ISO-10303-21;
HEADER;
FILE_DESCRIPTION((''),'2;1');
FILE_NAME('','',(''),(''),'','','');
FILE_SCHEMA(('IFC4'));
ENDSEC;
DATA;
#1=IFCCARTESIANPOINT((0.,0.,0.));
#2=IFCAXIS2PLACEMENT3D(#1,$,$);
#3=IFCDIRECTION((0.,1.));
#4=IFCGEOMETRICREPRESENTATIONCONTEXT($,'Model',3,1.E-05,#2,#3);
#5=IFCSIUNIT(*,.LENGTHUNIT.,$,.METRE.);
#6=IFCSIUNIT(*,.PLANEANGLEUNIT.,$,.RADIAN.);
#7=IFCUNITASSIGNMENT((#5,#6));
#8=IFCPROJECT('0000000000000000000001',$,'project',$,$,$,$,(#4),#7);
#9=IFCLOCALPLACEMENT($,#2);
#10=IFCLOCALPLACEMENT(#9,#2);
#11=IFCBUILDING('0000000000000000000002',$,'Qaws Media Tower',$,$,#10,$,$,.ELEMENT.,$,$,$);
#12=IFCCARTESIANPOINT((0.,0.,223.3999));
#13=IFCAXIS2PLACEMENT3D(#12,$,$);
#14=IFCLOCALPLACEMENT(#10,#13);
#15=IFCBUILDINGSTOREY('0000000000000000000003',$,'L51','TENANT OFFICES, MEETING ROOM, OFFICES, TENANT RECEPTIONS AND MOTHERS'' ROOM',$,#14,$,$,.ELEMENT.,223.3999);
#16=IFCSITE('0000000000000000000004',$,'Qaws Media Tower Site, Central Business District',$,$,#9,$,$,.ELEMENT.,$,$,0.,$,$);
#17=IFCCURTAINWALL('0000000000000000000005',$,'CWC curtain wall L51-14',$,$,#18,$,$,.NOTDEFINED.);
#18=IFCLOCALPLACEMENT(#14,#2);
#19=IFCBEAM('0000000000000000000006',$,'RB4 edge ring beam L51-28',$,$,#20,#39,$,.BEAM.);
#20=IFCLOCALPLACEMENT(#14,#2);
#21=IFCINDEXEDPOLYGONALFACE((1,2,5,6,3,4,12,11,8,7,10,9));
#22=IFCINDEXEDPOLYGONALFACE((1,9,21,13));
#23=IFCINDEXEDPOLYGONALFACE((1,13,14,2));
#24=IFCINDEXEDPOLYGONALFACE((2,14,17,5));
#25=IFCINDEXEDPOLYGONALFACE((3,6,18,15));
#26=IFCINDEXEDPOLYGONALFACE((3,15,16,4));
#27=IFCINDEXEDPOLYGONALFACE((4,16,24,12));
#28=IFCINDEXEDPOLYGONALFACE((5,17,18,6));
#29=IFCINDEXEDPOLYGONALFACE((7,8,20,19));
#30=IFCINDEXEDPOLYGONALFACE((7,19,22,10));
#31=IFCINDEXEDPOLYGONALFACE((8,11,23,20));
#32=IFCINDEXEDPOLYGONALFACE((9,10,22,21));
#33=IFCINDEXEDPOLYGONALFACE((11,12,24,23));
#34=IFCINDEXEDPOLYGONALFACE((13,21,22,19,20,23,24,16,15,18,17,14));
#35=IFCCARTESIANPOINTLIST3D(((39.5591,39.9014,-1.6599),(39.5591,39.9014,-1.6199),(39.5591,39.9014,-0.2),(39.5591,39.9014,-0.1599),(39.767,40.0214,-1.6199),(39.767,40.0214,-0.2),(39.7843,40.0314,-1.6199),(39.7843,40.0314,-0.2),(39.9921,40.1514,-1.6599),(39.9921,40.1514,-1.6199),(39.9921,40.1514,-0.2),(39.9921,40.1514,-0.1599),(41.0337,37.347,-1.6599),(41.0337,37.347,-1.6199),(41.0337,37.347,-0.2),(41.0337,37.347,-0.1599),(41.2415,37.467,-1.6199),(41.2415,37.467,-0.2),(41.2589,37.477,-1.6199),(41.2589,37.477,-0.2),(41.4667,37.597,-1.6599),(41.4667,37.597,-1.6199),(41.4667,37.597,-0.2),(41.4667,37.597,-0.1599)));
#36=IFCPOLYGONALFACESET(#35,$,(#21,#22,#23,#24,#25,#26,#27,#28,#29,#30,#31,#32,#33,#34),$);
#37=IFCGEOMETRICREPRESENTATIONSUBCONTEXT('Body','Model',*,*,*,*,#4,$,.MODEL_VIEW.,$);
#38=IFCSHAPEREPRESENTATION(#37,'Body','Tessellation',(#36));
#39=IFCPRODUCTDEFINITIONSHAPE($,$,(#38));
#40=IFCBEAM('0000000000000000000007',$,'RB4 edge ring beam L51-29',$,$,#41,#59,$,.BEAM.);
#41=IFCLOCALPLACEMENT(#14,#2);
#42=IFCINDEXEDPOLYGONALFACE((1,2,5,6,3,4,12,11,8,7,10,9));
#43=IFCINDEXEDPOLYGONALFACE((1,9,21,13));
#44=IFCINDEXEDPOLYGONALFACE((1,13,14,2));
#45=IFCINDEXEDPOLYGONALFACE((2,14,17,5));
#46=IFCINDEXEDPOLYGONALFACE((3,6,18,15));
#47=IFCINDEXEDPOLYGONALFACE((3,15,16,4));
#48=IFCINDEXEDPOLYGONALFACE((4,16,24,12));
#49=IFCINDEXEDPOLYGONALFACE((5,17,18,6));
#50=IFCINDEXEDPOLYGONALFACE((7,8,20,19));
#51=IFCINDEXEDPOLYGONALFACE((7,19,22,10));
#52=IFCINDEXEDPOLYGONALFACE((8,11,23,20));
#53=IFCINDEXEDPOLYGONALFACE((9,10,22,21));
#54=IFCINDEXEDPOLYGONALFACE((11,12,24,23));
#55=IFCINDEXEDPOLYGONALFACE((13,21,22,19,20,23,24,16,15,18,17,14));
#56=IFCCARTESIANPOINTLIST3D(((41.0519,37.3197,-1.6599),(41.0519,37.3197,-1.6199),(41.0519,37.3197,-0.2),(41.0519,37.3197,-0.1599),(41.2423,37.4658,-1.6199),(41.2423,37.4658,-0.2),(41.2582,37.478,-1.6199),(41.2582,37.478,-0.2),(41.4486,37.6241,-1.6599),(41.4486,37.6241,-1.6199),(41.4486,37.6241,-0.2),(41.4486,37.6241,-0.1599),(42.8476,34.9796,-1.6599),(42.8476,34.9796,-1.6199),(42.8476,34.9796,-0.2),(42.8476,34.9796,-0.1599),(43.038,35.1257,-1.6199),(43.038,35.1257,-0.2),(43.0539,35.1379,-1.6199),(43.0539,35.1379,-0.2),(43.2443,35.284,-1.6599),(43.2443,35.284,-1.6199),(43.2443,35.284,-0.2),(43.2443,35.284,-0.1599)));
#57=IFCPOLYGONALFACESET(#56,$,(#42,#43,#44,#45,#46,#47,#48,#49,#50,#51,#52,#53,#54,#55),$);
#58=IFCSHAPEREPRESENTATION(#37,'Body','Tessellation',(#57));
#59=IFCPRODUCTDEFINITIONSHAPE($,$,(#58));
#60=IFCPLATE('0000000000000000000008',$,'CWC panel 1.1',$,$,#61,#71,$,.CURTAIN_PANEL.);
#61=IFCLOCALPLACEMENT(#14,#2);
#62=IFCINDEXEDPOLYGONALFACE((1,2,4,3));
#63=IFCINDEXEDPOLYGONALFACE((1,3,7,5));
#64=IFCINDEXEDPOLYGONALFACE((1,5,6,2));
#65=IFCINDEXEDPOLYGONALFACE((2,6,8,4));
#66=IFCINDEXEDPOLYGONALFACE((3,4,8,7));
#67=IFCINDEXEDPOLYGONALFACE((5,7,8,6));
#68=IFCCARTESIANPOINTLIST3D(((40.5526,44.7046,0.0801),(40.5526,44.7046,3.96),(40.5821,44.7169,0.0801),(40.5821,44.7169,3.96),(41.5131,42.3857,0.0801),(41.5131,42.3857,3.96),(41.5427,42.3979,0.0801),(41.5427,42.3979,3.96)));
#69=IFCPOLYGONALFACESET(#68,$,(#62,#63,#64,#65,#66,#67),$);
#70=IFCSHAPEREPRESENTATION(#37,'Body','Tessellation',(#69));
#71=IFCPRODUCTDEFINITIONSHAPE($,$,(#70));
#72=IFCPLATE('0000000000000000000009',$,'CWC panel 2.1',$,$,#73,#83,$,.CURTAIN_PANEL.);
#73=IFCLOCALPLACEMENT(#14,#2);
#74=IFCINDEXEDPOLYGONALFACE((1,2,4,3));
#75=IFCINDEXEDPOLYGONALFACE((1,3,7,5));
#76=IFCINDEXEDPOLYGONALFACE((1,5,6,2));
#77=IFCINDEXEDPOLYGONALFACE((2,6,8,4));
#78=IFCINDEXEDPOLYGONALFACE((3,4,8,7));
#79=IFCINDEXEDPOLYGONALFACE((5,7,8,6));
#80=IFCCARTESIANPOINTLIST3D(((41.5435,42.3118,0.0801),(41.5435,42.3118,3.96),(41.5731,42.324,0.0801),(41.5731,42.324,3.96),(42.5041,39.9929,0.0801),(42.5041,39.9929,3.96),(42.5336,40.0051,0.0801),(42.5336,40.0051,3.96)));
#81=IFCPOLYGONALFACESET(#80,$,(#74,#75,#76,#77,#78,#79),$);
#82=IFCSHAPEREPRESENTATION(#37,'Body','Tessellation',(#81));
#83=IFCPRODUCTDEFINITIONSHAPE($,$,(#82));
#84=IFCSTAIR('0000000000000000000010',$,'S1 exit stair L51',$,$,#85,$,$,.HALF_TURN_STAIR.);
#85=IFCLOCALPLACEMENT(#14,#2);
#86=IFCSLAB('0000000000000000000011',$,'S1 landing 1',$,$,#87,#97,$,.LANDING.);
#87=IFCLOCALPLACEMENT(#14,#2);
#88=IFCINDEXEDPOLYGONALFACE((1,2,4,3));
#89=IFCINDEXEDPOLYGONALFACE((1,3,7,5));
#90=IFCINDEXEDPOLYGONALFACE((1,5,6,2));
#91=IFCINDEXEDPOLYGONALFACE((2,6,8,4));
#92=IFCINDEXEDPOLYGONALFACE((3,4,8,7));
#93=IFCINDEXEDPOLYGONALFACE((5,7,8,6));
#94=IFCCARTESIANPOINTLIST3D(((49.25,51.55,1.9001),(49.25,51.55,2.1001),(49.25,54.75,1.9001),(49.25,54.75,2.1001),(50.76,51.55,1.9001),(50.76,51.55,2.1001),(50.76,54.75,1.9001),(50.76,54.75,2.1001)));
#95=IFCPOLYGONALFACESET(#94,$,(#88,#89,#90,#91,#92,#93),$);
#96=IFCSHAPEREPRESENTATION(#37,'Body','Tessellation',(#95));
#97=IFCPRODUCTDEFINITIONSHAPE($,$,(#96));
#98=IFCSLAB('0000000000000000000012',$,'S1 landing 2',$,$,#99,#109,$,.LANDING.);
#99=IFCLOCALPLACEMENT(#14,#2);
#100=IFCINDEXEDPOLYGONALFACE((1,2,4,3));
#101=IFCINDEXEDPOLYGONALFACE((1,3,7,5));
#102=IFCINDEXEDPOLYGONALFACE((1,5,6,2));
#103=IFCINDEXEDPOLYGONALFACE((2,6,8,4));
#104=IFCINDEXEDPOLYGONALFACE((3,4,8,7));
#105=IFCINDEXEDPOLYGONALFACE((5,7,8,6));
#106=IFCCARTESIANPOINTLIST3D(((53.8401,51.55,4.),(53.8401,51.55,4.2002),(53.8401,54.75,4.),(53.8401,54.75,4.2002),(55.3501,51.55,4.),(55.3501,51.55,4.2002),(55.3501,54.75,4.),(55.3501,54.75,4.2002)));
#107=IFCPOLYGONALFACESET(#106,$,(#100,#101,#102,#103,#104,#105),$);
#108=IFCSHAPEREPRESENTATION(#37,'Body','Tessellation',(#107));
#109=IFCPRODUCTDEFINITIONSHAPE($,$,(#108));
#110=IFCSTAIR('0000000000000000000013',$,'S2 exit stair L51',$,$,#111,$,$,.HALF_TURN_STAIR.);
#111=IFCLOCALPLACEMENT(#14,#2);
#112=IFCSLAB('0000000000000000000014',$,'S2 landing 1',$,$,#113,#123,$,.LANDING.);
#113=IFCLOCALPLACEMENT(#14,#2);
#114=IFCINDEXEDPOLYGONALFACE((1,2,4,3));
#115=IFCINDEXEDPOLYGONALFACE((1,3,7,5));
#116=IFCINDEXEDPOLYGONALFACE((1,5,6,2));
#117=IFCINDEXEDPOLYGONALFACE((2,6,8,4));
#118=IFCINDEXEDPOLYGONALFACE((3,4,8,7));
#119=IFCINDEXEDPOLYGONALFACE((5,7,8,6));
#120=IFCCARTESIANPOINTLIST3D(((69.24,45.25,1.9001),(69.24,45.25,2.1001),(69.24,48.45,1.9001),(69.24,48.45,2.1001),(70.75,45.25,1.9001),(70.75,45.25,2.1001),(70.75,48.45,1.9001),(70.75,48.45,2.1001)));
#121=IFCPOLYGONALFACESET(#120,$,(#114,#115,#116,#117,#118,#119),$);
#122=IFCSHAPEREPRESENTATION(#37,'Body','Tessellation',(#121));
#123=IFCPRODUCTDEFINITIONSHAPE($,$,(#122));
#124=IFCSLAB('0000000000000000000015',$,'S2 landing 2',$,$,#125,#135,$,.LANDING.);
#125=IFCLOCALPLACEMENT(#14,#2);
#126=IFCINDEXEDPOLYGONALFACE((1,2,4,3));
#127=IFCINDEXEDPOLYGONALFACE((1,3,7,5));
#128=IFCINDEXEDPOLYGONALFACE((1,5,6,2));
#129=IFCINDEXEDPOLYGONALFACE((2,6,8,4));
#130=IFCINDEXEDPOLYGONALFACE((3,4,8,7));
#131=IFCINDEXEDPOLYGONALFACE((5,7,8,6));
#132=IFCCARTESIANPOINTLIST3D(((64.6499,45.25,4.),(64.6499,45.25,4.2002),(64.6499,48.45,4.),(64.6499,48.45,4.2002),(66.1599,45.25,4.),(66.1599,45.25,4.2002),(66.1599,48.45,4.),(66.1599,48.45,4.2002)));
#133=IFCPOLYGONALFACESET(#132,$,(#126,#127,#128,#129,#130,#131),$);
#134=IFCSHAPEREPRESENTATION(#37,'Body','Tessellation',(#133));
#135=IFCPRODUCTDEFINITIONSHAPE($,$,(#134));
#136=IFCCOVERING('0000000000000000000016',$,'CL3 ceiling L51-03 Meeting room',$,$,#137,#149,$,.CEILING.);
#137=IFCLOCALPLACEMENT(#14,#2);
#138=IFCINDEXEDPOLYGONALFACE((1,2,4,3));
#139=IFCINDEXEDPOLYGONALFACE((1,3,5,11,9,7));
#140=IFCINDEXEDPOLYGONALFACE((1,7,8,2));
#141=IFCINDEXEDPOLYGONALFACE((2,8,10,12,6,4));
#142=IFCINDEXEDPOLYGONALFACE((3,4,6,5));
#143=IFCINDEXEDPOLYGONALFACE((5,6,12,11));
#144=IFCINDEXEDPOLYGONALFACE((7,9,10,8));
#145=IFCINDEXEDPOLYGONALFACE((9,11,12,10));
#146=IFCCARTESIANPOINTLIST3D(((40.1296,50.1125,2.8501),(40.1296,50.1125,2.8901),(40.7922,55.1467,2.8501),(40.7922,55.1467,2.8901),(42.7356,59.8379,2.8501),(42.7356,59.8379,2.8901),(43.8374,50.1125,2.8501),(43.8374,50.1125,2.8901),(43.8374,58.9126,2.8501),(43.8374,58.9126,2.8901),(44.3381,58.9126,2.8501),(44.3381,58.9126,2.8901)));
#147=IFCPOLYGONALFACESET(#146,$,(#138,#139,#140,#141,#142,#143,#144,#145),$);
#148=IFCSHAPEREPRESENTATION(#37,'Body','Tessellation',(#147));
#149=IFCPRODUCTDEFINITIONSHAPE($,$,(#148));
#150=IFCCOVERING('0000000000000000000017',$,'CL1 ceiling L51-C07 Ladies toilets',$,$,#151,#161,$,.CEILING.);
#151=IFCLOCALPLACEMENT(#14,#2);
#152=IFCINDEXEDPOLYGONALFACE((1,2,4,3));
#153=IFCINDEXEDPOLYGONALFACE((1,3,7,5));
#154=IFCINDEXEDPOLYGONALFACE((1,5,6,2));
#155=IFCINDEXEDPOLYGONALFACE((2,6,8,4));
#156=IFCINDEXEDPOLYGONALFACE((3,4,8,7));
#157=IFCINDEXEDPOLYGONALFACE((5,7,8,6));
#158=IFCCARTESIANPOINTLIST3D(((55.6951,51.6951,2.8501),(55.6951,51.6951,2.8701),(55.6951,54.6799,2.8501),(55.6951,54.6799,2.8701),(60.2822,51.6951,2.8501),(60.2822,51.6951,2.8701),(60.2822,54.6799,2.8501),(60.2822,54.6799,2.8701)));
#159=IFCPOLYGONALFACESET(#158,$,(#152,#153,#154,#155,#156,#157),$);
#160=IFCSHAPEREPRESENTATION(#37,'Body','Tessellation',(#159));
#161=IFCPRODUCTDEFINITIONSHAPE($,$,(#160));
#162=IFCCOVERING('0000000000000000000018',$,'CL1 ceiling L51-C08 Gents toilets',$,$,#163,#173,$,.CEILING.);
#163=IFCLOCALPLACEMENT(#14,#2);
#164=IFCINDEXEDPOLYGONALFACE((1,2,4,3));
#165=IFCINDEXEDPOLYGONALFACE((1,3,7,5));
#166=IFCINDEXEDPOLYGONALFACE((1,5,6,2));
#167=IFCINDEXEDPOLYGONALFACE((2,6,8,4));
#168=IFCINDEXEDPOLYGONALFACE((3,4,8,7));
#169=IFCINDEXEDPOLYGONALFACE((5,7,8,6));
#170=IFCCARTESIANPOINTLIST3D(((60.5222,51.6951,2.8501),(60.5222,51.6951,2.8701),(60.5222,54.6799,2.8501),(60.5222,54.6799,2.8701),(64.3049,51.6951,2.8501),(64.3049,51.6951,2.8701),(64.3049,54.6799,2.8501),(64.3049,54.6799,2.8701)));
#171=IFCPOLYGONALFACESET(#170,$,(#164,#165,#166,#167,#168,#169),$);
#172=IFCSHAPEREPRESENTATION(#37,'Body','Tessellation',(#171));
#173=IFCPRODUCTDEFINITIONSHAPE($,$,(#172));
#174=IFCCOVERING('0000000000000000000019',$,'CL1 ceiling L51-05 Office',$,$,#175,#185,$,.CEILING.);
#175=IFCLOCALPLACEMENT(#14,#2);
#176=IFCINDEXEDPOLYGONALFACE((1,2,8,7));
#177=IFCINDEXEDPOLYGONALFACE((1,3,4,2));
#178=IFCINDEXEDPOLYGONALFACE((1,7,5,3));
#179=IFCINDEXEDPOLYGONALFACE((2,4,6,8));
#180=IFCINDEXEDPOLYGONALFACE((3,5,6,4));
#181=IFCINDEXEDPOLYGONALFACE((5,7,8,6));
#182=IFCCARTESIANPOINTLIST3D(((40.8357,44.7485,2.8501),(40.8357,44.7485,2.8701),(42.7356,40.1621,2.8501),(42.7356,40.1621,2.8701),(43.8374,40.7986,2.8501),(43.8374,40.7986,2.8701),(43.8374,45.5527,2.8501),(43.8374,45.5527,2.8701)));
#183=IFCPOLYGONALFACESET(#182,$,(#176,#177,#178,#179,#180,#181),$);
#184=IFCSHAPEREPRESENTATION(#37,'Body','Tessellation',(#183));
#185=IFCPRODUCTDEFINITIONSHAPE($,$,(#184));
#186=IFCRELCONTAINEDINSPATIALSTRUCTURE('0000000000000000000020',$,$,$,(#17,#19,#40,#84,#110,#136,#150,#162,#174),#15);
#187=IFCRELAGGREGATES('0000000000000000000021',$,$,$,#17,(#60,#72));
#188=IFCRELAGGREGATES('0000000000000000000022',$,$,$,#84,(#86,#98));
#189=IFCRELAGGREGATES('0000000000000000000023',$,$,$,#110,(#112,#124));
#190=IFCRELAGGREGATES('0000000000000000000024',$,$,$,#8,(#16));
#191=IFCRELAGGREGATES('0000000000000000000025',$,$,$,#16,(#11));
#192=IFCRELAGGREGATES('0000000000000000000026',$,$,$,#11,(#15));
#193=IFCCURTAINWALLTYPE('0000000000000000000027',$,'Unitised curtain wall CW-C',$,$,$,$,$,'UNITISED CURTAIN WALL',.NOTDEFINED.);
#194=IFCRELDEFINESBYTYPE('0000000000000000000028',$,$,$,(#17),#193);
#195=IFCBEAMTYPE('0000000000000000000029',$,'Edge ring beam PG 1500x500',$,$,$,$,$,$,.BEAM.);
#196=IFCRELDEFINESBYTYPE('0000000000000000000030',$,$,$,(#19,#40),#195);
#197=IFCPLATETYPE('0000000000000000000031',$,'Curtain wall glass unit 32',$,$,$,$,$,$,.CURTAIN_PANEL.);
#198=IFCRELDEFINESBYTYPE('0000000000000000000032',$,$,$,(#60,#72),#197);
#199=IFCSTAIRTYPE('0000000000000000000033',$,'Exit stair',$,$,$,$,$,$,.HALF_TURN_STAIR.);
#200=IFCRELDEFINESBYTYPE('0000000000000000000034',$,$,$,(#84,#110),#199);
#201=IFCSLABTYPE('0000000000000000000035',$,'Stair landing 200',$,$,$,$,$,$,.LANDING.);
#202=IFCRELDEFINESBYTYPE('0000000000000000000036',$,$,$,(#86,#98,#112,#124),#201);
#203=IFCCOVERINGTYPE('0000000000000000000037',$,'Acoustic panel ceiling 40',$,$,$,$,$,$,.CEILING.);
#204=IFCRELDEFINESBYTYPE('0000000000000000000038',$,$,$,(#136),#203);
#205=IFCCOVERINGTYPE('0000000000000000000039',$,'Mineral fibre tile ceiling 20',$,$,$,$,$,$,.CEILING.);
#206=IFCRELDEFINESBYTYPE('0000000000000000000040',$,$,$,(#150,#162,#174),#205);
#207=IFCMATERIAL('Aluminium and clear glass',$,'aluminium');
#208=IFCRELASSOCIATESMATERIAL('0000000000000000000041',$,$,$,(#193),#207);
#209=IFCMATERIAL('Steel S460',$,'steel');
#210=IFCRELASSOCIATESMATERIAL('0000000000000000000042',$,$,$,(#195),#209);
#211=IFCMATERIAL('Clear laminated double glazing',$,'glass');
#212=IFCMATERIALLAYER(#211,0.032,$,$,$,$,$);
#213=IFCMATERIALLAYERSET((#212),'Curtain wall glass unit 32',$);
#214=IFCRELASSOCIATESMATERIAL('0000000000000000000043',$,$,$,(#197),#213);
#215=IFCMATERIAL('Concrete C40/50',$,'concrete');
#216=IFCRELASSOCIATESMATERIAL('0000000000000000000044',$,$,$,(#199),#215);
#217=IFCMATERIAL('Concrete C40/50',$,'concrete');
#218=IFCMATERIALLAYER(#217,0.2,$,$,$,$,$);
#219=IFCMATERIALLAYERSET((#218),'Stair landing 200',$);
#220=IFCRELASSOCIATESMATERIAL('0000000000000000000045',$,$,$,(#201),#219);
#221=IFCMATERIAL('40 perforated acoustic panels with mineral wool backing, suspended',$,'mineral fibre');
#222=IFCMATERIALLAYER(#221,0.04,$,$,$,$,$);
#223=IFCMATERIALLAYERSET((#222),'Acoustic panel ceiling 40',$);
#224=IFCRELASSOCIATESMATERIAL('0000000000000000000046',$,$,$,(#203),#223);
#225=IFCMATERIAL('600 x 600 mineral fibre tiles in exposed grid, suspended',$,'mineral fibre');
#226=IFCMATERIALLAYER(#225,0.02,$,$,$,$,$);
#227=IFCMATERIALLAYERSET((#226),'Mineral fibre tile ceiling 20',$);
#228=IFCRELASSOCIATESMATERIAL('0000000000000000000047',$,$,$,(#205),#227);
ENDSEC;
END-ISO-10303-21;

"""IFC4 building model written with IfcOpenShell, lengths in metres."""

from ifc_helpers import new_model, si_unit, direction, frame, origin, origin_2d, place, context, subcontext, project, spatial, polyline, rectangle, i_section, outline, extrude, material, layer, layer_set, material_profile, profile_set, type_object, element, aggregate, save


model = new_model("IFC4")

# Units and contexts
model_context = context("Model", 3, precision=1e-05, world=origin(), true_north=direction((0.0, 1.0)))
body_context = subcontext(model_context, "Body", "Model", "MODEL_VIEW")
ifc_project = project(units=[si_unit("LENGTHUNIT", "METRE"), si_unit("PLANEANGLEUNIT", "RADIAN")], contexts=[model_context])

# Site, building, storey
site_placement = place(None, origin())
site = spatial("IfcSite", under=ifc_project, at=site_placement, Name="Qaws Media Tower Site, Central Business District", CompositionType="ELEMENT", RefElevation=0.0)
building_placement = place(site_placement, origin())
building = spatial("IfcBuilding", under=site, at=building_placement, Name="Qaws Media Tower", CompositionType="ELEMENT")
storey_placement = place(building_placement, frame((0.0, 0.0, 223.3999)))
storey = spatial("IfcBuildingStorey", under=building, at=storey_placement, Name="L51", Description="TENANT OFFICES, MEETING ROOM, OFFICES, TENANT RECEPTIONS AND MOTHERS' ROOM", CompositionType="ELEMENT", Elevation=223.3999)

# Curtain wall
ifc_material_1 = material(Name="Aluminium and clear glass", Category="aluminium")
curtain_wall_type = type_object("IfcCurtainWallType", Name="Unitised curtain wall CW-C", ElementType="UNITISED CURTAIN WALL", PredefinedType="NOTDEFINED", material=ifc_material_1)
curtain_wall_placement = place(storey_placement, origin())
curtain_wall = element("IfcCurtainWall", 1, at=curtain_wall_placement, inside=storey, type_object=curtain_wall_type, Name="CWC curtain wall L51-14", PredefinedType="NOTDEFINED")

# Beams
ifc_material_2 = material(Name="Steel S460", Category="steel")
ifc_material_profile_1 = material_profile(ifc_material_2, i_section(OverallWidth=0.5, OverallDepth=1.5, WebThickness=0.02, FlangeThickness=0.04, at=origin_2d()), Name="PG 1500x500")
ifc_profile_set_1 = profile_set([ifc_material_profile_1], Name="Steel S460")
beam_type = type_object("IfcBeamType", Name="Edge ring beam PG 1500x500", PredefinedType="BEAM", material=ifc_profile_set_1)
beam_1_placement = place(storey_placement, frame((39.7756, 40.0264, -0.9099), z_axis=(0.499949, -0.866055, 0.0), x_axis=(0.866055, 0.499949, 0.0)))
element("IfcBeam", 2, at=beam_1_placement, inside=storey, type_object=beam_type, Name="RB4 edge ring beam L51-28", PredefinedType="BEAM", context=body_context, shape_type="SweptSolid", body=[
    extrude(i_section(OverallWidth=0.5, OverallDepth=1.5, WebThickness=0.02, FlangeThickness=0.04, at=origin_2d()), origin(), (0.0, 0.0, 1.0), 2.9495),
])
beam_2_placement = place(storey_placement, frame((41.2502, 37.4719, -0.9099), z_axis=(0.60877, -0.793347, 0.0), x_axis=(0.793347, 0.60877, 0.0)))
element("IfcBeam", 3, at=beam_2_placement, inside=storey, type_object=beam_type, Name="RB4 edge ring beam L51-29", PredefinedType="BEAM", context=body_context, shape_type="SweptSolid", body=[
    extrude(i_section(OverallWidth=0.5, OverallDepth=1.5, WebThickness=0.02, FlangeThickness=0.04, at=origin_2d()), origin(), (0.0, 0.0, 1.0), 2.9497),
])

# Plates
ifc_material_3 = material(Name="Clear laminated double glazing", Category="glass")
ifc_layer_1 = layer(ifc_material_3, 0.032)
ifc_layer_set_1 = layer_set([ifc_layer_1], Name="Curtain wall glass unit 32")
plate_type = type_object("IfcPlateType", Name="Curtain wall glass unit 32", PredefinedType="CURTAIN_PANEL", material=ifc_layer_set_1)
plate_1_placement = place(storey_placement, frame((41.0476, 43.5513, 0.0801), z_axis=(0.0, 0.0, 1.0), x_axis=(0.382683, -0.92388, 0.0)))
plate_1 = element("IfcPlate", 4, at=plate_1_placement, type_object=plate_type, Name="CWC panel 1.1", PredefinedType="CURTAIN_PANEL", context=body_context, shape_type="SweptSolid", body=[
    extrude(rectangle(XDim=2.51, YDim=0.032, at=origin_2d()), origin(), (0.0, 0.0, 1.0), 3.8799),
])
plate_2_placement = place(storey_placement, frame((42.0386, 41.1584, 0.0801), z_axis=(0.0, 0.0, 1.0), x_axis=(0.382683, -0.92388, 0.0)))
plate_2 = element("IfcPlate", 5, at=plate_2_placement, type_object=plate_type, Name="CWC panel 2.1", PredefinedType="CURTAIN_PANEL", context=body_context, shape_type="SweptSolid", body=[
    extrude(rectangle(XDim=2.51, YDim=0.032, at=origin_2d()), origin(), (0.0, 0.0, 1.0), 3.8799),
])
aggregate(curtain_wall, [plate_1, plate_2])

# Stairs, slabs
ifc_material_4 = material(Name="Concrete C40/50", Category="concrete")
stair_type = type_object("IfcStairType", Name="Exit stair", PredefinedType="HALF_TURN_STAIR", material=ifc_material_4)
stair_1_placement = place(storey_placement, origin())
stair_1 = element("IfcStair", 6, at=stair_1_placement, inside=storey, type_object=stair_type, Name="S1 exit stair L51", PredefinedType="HALF_TURN_STAIR")
ifc_material_5 = material(Name="Concrete C40/50", Category="concrete")
ifc_layer_2 = layer(ifc_material_5, 0.2)
ifc_layer_set_2 = layer_set([ifc_layer_2], Name="Stair landing 200")
slab_type = type_object("IfcSlabType", Name="Stair landing 200", PredefinedType="LANDING", material=ifc_layer_set_2)
slab_1_placement = place(storey_placement, frame((0.0, 0.0, 1.9001)))
slab_1 = element("IfcSlab", 7, at=slab_1_placement, type_object=slab_type, Name="S1 landing 1", PredefinedType="LANDING", context=body_context, shape_type="SweptSolid", body=[
    extrude(outline(polyline([(49.25, 51.55), (50.76, 51.55), (50.76, 54.75), (49.25, 54.75), (49.25, 51.55)])), origin(), (0.0, 0.0, 1.0), 0.2),
])
slab_2_placement = place(storey_placement, frame((0.0, 0.0, 4.0)))
slab_2 = element("IfcSlab", 8, at=slab_2_placement, type_object=slab_type, Name="S1 landing 2", PredefinedType="LANDING", context=body_context, shape_type="SweptSolid", body=[
    extrude(outline(polyline([(53.8401, 51.55), (55.3501, 51.55), (55.3501, 54.75), (53.8401, 54.75), (53.8401, 51.55)])), origin(), (0.0, 0.0, 1.0), 0.2002),
])
aggregate(stair_1, [slab_1, slab_2])
stair_2_placement = place(storey_placement, origin())
stair_2 = element("IfcStair", 9, at=stair_2_placement, inside=storey, type_object=stair_type, Name="S2 exit stair L51", PredefinedType="HALF_TURN_STAIR")
slab_3_placement = place(storey_placement, frame((0.0, 0.0, 1.9001)))
slab_3 = element("IfcSlab", 10, at=slab_3_placement, type_object=slab_type, Name="S2 landing 1", PredefinedType="LANDING", context=body_context, shape_type="SweptSolid", body=[
    extrude(outline(polyline([(69.24, 45.25), (70.75, 45.25), (70.75, 48.45), (69.24, 48.45), (69.24, 45.25)])), origin(), (0.0, 0.0, 1.0), 0.2),
])
slab_4_placement = place(storey_placement, frame((0.0, 0.0, 4.0)))
slab_4 = element("IfcSlab", 11, at=slab_4_placement, type_object=slab_type, Name="S2 landing 2", PredefinedType="LANDING", context=body_context, shape_type="SweptSolid", body=[
    extrude(outline(polyline([(64.6499, 45.25), (66.1599, 45.25), (66.1599, 48.45), (64.6499, 48.45), (64.6499, 45.25)])), origin(), (0.0, 0.0, 1.0), 0.2002),
])
aggregate(stair_2, [slab_3, slab_4])

# Coverings
ifc_material_6 = material(Name="40 perforated acoustic panels with mineral wool backing, suspended", Category="mineral fibre")
ifc_layer_3 = layer(ifc_material_6, 0.04)
ifc_layer_set_3 = layer_set([ifc_layer_3], Name="Acoustic panel ceiling 40")
covering_type_1 = type_object("IfcCoveringType", Name="Acoustic panel ceiling 40", PredefinedType="CEILING", material=ifc_layer_set_3)
covering_1_placement = place(storey_placement, frame((0.0, 0.0, 2.8501)))
element("IfcCovering", 12, at=covering_1_placement, inside=storey, type_object=covering_type_1, Name="CL3 ceiling L51-03 Meeting room", PredefinedType="CEILING", context=body_context, shape_type="SweptSolid", body=[
    extrude(outline(polyline([(40.7922, 55.1467), (42.7356, 59.8379), (44.3381, 58.9126), (43.8374, 58.9126), (43.8374, 50.1125), (40.1296, 50.1125), (40.7922, 55.1467)])), origin(), (0.0, 0.0, 1.0), 0.04),
])
ifc_material_7 = material(Name="600 x 600 mineral fibre tiles in exposed grid, suspended", Category="mineral fibre")
ifc_layer_4 = layer(ifc_material_7, 0.02)
ifc_layer_set_4 = layer_set([ifc_layer_4], Name="Mineral fibre tile ceiling 20")
covering_type_2 = type_object("IfcCoveringType", Name="Mineral fibre tile ceiling 20", PredefinedType="CEILING", material=ifc_layer_set_4)
covering_2_placement = place(storey_placement, frame((0.0, 0.0, 2.8501)))
element("IfcCovering", 13, at=covering_2_placement, inside=storey, type_object=covering_type_2, Name="CL1 ceiling L51-C07 Ladies toilets", PredefinedType="CEILING", context=body_context, shape_type="SweptSolid", body=[
    extrude(outline(polyline([(55.6951, 51.6951), (55.6951, 54.6799), (60.2822, 54.6799), (60.2822, 51.6951), (55.6951, 51.6951)])), origin(), (0.0, 0.0, 1.0), 0.02),
])
covering_3_placement = place(storey_placement, frame((0.0, 0.0, 2.8501)))
element("IfcCovering", 14, at=covering_3_placement, inside=storey, type_object=covering_type_2, Name="CL1 ceiling L51-C08 Gents toilets", PredefinedType="CEILING", context=body_context, shape_type="SweptSolid", body=[
    extrude(outline(polyline([(60.5222, 51.6951), (60.5222, 54.6799), (64.3049, 54.6799), (64.3049, 51.6951), (60.5222, 51.6951)])), origin(), (0.0, 0.0, 1.0), 0.02),
])
covering_4_placement = place(storey_placement, frame((0.0, 0.0, 2.8501)))
element("IfcCovering", 15, at=covering_4_placement, inside=storey, type_object=covering_type_2, Name="CL1 ceiling L51-05 Office", PredefinedType="CEILING", context=body_context, shape_type="SweptSolid", body=[
    extrude(outline(polyline([(40.8357, 44.7485), (43.8374, 45.5527), (43.8374, 40.7986), (42.7356, 40.1621), (40.8357, 44.7485)])), origin(), (0.0, 0.0, 1.0), 0.02),
])

save(model, "model.ifc")
